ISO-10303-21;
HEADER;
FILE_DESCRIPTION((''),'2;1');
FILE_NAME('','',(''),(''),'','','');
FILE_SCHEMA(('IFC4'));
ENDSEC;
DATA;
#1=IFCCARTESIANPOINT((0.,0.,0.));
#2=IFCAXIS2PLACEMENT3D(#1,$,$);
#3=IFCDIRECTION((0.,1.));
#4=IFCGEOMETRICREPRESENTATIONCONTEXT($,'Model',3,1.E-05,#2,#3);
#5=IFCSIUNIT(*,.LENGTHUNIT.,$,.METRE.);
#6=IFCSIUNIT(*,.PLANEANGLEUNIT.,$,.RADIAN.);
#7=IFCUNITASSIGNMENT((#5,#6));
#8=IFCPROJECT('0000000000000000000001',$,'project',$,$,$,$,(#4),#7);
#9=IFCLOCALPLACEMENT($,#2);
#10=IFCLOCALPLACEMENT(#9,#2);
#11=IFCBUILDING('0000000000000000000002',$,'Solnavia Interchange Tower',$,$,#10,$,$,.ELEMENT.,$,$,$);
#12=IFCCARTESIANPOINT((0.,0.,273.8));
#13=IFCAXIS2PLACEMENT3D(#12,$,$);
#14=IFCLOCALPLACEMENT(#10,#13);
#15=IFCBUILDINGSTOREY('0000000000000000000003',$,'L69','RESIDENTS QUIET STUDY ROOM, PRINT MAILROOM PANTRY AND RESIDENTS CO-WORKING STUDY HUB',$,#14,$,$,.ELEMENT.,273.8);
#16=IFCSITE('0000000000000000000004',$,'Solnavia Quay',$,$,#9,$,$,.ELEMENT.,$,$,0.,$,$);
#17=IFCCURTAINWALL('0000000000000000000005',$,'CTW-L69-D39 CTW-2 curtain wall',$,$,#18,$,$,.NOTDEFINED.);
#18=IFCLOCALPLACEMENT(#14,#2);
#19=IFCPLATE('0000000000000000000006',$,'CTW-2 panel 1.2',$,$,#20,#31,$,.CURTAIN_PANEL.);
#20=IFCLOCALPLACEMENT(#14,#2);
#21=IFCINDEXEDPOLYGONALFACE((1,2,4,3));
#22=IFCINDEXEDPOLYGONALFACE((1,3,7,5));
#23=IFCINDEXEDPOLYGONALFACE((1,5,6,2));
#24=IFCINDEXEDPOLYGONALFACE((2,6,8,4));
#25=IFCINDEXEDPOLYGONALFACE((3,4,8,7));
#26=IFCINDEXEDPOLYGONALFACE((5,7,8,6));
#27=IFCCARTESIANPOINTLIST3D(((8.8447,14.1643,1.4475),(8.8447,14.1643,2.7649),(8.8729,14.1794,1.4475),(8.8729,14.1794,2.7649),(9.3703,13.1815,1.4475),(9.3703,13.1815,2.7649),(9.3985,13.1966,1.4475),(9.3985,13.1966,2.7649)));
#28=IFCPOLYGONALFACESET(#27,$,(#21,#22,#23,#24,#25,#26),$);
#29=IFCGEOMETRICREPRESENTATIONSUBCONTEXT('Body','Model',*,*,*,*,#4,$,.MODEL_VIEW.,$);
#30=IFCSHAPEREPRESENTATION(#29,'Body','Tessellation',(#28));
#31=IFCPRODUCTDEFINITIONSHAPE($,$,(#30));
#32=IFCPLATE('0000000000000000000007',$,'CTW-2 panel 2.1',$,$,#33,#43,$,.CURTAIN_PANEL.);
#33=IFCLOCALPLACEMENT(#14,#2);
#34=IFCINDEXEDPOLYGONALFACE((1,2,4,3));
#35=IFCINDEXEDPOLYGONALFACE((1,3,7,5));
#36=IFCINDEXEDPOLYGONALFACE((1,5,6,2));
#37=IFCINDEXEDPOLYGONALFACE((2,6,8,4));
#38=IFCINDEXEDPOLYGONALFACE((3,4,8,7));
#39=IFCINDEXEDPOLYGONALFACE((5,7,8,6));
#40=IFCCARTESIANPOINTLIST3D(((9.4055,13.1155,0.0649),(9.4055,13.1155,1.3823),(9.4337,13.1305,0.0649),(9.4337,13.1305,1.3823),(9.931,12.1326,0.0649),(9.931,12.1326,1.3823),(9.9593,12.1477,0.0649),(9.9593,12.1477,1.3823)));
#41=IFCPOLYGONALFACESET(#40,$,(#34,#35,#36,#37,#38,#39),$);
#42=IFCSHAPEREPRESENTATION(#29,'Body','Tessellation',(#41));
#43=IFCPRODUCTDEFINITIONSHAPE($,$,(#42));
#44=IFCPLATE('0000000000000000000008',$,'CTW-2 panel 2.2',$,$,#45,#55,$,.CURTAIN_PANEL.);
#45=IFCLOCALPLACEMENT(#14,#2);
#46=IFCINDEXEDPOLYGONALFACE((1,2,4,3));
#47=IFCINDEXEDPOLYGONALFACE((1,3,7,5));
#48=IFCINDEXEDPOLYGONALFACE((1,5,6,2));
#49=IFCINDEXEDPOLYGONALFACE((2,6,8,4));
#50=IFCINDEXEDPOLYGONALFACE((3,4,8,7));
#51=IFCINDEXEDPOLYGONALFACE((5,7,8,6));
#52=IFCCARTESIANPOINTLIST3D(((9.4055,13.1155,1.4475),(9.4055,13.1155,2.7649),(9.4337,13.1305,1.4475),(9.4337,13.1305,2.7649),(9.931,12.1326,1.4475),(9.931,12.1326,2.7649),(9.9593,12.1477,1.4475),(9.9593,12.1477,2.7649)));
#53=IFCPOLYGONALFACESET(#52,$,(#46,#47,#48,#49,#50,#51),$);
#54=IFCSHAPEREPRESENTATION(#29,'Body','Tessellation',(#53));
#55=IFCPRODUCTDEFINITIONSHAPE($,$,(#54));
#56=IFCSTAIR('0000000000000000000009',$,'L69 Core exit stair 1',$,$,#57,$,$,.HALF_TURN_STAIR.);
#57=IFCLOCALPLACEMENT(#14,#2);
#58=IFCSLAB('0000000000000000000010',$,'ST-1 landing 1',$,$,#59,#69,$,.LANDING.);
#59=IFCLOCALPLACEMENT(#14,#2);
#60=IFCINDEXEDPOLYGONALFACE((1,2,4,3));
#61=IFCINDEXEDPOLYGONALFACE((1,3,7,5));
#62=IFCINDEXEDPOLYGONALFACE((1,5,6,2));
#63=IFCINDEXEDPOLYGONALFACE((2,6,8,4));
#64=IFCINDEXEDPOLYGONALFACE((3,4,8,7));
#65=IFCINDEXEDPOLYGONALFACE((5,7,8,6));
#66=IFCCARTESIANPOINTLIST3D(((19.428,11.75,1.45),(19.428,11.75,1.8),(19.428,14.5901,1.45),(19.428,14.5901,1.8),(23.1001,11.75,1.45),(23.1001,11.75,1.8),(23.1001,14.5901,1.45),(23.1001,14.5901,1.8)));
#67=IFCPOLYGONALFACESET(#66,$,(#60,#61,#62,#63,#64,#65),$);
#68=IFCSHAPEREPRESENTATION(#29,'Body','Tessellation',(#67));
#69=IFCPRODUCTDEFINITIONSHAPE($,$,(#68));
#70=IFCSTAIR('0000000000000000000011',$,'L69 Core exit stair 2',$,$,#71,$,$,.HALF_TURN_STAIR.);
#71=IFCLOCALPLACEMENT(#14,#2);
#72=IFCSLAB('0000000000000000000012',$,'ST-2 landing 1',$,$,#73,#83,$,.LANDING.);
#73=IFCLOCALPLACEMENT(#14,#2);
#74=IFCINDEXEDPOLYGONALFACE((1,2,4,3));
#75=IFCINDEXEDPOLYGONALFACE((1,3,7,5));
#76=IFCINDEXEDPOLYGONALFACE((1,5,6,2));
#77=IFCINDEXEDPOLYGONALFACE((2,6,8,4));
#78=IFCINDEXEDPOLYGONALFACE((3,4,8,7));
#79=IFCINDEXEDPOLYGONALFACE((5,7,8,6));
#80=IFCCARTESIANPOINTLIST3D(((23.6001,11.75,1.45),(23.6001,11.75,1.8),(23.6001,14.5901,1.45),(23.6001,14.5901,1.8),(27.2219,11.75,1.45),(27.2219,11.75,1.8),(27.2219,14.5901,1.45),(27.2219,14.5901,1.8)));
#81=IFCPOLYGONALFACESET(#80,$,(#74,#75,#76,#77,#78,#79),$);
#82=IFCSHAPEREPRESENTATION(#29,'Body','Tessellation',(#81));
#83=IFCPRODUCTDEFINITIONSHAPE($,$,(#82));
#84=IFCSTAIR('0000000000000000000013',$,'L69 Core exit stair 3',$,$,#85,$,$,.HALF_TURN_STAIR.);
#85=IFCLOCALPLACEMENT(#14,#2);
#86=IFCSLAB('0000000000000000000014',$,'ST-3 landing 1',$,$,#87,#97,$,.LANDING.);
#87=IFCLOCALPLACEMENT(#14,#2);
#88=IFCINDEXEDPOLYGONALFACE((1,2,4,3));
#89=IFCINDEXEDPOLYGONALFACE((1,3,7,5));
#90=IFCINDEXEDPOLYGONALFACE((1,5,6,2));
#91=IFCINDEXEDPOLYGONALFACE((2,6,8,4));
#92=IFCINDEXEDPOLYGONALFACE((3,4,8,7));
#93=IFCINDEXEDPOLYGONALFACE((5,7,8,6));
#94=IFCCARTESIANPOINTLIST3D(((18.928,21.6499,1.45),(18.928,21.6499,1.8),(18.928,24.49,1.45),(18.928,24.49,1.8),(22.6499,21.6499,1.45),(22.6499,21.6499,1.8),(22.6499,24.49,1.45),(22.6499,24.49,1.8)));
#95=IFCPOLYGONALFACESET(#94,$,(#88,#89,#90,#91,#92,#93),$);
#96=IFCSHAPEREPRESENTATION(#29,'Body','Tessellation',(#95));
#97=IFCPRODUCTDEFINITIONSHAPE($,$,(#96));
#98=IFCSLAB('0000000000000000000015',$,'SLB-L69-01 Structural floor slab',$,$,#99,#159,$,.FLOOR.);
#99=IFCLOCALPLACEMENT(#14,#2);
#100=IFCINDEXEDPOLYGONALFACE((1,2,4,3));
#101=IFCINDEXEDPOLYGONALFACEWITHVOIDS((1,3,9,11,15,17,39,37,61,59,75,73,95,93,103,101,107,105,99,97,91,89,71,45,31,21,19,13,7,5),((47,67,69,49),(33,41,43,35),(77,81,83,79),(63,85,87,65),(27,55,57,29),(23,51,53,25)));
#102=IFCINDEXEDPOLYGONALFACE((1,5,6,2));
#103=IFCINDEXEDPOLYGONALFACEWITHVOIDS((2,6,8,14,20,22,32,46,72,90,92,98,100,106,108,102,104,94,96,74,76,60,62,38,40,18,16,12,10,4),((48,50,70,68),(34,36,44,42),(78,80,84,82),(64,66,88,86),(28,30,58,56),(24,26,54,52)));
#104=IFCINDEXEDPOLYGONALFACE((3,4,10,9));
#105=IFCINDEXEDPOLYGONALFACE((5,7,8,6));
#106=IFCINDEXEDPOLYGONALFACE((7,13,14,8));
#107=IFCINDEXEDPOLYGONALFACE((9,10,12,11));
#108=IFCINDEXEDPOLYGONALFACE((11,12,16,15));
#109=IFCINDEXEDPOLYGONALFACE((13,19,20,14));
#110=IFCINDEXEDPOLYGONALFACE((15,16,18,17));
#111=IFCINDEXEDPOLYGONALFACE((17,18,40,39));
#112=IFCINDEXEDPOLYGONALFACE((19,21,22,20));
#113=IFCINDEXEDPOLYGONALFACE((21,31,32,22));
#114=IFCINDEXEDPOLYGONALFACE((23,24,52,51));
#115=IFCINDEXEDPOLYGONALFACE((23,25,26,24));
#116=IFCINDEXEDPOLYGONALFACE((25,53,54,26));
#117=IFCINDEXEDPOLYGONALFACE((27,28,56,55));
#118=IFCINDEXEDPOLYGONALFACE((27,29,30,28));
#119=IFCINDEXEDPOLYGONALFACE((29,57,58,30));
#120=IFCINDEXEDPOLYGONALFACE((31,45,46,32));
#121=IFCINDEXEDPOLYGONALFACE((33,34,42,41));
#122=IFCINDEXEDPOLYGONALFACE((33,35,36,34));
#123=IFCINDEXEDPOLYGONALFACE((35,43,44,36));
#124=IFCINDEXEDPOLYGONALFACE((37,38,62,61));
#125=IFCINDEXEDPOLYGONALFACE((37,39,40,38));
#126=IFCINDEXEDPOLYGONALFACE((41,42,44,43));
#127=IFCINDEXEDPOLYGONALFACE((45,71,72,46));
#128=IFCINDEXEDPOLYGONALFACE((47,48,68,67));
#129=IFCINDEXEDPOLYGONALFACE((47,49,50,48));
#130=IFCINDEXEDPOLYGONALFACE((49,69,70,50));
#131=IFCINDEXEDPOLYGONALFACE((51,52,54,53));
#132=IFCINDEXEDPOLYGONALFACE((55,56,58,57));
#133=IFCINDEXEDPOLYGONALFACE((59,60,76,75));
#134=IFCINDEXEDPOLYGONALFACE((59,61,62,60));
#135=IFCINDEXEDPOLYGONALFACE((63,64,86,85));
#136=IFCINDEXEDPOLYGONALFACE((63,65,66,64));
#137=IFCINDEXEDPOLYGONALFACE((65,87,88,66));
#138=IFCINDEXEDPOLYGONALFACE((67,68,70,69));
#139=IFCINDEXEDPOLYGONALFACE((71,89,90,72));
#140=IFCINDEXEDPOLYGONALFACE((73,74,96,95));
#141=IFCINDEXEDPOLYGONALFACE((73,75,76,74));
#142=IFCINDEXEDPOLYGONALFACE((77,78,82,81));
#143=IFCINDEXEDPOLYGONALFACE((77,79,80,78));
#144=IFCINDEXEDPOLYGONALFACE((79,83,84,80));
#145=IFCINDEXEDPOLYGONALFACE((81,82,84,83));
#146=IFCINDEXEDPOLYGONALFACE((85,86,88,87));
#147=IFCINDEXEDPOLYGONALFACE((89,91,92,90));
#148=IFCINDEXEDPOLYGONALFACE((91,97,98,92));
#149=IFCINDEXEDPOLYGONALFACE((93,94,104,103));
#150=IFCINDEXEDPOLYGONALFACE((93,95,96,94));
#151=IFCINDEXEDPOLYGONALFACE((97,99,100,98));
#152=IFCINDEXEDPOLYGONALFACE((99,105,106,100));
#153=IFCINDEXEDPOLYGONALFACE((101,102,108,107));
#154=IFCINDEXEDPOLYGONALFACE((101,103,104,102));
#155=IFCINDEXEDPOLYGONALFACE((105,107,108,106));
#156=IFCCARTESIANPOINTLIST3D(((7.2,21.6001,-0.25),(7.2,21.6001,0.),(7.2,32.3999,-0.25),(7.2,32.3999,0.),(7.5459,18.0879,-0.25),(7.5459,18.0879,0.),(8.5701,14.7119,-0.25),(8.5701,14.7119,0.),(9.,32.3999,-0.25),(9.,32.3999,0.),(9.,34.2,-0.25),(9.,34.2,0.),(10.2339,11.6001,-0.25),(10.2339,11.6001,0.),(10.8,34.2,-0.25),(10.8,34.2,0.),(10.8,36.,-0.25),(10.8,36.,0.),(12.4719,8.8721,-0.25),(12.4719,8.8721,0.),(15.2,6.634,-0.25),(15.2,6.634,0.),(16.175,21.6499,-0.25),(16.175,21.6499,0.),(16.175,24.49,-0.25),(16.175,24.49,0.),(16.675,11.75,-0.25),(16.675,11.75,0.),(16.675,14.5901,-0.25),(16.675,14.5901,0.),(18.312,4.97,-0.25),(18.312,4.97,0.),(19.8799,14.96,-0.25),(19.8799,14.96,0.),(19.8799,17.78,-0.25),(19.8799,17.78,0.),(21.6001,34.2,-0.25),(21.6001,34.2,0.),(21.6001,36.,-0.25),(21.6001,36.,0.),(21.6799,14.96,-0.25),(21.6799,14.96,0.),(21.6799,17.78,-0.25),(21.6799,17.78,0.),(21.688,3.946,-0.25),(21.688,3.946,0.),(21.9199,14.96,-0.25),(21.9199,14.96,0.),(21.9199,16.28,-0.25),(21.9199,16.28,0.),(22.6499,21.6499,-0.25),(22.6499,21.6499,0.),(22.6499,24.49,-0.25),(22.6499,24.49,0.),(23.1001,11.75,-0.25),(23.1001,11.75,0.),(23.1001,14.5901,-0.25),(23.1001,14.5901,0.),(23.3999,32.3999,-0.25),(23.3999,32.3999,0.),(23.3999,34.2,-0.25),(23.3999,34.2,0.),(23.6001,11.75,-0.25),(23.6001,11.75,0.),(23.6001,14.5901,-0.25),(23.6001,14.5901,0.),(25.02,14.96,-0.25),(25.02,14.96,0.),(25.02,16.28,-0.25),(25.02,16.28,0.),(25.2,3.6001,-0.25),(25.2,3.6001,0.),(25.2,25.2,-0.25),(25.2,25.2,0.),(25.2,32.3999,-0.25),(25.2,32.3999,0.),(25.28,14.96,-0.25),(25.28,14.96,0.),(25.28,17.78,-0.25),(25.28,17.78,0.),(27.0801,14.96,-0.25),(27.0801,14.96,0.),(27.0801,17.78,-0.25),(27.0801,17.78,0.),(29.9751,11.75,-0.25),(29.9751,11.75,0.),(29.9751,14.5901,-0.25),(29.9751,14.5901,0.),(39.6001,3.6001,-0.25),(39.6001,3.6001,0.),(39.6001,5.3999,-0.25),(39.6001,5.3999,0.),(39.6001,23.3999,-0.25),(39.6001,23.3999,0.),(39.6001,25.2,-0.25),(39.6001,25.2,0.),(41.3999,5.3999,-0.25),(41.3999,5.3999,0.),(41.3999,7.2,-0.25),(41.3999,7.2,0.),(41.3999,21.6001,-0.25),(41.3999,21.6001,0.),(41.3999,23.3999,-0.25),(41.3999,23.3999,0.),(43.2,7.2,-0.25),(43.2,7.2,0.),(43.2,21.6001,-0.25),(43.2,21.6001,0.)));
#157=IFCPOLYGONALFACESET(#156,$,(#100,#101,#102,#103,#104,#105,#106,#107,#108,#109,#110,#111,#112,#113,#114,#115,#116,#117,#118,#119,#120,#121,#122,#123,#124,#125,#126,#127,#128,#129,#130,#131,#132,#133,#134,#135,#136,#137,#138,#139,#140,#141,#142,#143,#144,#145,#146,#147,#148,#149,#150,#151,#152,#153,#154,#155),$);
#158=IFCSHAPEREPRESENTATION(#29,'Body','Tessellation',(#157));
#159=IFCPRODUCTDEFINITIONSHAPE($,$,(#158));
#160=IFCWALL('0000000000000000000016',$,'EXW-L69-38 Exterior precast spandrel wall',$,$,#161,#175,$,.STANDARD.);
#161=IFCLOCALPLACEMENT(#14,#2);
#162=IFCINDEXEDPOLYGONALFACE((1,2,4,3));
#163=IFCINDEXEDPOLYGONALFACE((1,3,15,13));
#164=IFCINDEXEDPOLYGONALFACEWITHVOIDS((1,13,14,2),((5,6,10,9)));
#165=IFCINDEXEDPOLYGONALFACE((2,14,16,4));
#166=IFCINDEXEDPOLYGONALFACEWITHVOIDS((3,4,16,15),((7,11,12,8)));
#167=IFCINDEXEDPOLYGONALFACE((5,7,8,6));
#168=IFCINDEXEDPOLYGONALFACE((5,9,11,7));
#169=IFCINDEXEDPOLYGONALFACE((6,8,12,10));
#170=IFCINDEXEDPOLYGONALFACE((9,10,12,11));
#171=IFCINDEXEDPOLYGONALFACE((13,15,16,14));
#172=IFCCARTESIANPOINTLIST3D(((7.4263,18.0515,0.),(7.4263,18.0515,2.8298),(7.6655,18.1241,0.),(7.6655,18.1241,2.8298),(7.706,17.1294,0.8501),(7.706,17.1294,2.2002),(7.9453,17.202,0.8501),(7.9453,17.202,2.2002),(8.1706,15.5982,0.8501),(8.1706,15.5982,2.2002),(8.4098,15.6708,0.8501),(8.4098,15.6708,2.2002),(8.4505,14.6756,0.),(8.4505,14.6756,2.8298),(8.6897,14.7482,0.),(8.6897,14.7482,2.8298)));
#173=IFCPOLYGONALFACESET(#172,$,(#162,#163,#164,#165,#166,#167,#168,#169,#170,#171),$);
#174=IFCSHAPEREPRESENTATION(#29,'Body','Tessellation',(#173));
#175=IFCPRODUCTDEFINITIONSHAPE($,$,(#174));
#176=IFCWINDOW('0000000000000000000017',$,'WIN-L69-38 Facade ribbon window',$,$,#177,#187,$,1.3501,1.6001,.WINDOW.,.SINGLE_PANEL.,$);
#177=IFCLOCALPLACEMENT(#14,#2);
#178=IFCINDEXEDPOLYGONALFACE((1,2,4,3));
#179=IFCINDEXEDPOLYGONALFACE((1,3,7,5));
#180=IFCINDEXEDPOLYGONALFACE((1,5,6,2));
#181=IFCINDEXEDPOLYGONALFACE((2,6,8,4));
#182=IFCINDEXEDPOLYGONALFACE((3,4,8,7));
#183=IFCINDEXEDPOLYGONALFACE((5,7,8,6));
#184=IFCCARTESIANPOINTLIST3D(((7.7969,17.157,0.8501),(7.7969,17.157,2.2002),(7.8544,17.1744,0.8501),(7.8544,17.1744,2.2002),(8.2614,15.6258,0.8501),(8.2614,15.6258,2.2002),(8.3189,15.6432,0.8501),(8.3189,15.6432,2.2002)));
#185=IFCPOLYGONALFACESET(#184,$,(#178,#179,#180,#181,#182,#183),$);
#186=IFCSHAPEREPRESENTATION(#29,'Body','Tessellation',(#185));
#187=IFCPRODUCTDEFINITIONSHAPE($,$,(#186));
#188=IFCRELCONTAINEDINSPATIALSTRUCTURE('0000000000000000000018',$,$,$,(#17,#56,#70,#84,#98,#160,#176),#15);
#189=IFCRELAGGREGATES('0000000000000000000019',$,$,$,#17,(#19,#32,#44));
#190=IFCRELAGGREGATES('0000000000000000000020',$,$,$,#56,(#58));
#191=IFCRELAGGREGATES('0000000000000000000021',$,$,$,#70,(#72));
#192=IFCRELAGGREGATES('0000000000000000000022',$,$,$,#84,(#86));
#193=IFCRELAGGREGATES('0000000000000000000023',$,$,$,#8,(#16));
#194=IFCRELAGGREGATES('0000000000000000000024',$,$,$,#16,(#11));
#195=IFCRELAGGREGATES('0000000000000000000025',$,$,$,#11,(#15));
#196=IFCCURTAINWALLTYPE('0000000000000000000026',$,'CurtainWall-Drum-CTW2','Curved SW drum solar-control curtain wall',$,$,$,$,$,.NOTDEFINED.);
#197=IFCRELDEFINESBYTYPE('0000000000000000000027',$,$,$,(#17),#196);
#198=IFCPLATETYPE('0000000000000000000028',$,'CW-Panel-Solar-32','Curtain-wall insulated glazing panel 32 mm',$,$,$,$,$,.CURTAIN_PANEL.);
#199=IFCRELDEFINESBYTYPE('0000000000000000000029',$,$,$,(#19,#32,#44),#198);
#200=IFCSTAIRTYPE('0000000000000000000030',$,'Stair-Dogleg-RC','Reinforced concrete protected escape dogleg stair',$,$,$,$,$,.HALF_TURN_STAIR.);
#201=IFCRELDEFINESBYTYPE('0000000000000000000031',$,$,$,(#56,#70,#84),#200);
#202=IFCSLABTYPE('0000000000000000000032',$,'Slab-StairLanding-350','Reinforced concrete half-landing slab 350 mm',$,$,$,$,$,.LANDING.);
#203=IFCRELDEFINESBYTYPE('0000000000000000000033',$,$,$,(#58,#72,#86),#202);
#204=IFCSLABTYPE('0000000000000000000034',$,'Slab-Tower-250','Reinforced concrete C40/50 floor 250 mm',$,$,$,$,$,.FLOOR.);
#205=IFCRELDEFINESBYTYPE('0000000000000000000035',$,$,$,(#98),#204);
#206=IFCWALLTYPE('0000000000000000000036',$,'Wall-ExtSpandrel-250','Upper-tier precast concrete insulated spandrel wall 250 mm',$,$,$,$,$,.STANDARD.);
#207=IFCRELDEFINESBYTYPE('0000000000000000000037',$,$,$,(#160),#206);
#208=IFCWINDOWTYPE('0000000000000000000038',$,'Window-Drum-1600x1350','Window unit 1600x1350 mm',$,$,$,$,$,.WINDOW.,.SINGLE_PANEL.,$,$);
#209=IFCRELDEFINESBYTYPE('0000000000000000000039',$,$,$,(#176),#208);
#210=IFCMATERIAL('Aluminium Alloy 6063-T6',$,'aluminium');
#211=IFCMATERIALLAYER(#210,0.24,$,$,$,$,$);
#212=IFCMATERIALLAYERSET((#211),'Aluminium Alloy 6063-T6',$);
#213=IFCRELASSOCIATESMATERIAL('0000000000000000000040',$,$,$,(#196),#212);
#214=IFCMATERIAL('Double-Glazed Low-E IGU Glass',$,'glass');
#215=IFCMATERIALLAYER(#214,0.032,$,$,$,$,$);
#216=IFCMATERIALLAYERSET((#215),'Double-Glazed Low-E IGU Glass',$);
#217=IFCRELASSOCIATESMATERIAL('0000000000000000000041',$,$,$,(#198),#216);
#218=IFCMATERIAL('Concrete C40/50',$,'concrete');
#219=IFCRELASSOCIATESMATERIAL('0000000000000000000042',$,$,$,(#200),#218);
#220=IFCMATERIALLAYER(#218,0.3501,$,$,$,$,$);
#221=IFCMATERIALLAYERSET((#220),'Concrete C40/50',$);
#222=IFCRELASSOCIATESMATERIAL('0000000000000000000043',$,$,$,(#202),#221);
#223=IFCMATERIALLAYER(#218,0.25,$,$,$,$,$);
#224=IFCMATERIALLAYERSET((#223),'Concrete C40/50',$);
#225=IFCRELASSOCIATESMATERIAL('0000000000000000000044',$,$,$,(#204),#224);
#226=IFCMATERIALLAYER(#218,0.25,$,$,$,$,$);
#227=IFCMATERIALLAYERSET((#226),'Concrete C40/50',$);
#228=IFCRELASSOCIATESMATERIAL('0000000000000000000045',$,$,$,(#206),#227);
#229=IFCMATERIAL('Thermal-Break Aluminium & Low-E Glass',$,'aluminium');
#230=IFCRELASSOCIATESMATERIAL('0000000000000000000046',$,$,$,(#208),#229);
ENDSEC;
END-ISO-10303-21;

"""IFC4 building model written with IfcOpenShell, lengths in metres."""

from ifc_helpers import new_model, si_unit, direction, frame, frame_2d, origin, origin_2d, place, context, subcontext, project, spatial, polyline, rectangle, outline, extrude, material, layer, layer_set, type_object, element, fill, aggregate, save


model = new_model("IFC4")

# Units and contexts
model_context = context("Model", 3, precision=1e-05, world=origin(), true_north=direction((0.0, 1.0)))
body_context = subcontext(model_context, "Body", "Model", "MODEL_VIEW")
ifc_project = project(units=[si_unit("LENGTHUNIT", "METRE"), si_unit("PLANEANGLEUNIT", "RADIAN")], contexts=[model_context])

# Site, building, storey
site_placement = place(None, origin())
site = spatial("IfcSite", under=ifc_project, at=site_placement, Name="Solnavia Quay", CompositionType="ELEMENT", RefElevation=0.0)
building_placement = place(site_placement, origin())
building = spatial("IfcBuilding", under=site, at=building_placement, Name="Solnavia Interchange Tower", CompositionType="ELEMENT")
storey_placement = place(building_placement, frame((0.0, 0.0, 273.8)))
storey = spatial("IfcBuildingStorey", under=building, at=storey_placement, Name="L69", Description="RESIDENTS QUIET STUDY ROOM, PRINT MAILROOM PANTRY AND RESIDENTS CO-WORKING STUDY HUB", CompositionType="ELEMENT", Elevation=273.8)

# Curtain wall
ifc_material_1 = material(Name="Aluminium Alloy 6063-T6", Category="aluminium")
ifc_layer_1 = layer(ifc_material_1, 0.24)
ifc_layer_set_1 = layer_set([ifc_layer_1], Name="Aluminium Alloy 6063-T6")
curtain_wall_type = type_object("IfcCurtainWallType", Name="CurtainWall-Drum-CTW2", Description="Curved SW drum solar-control curtain wall", PredefinedType="NOTDEFINED", material=ifc_layer_set_1)
curtain_wall_1_placement = place(storey_placement, origin())
curtain_wall_1 = element("IfcCurtainWall", 1, at=curtain_wall_1_placement, inside=storey, type_object=curtain_wall_type, Name="CTW-L69-D39 CTW-2 curtain wall", PredefinedType="NOTDEFINED")

# Plates
ifc_material_2 = material(Name="Double-Glazed Low-E IGU Glass", Category="glass")
ifc_layer_2 = layer(ifc_material_2, 0.032)
ifc_layer_set_2 = layer_set([ifc_layer_2], Name="Double-Glazed Low-E IGU Glass")
plate_type = type_object("IfcPlateType", Name="CW-Panel-Solar-32", Description="Curtain-wall insulated glazing panel 32 mm", PredefinedType="CURTAIN_PANEL", material=ifc_layer_set_2)
plate_1_placement = place(storey_placement, frame((9.1216, 13.6804, 1.4475), z_axis=(0.0, 0.0, 1.0), x_axis=(0.471561, -0.881834, 0.0)))
plate_1 = element("IfcPlate", 2, at=plate_1_placement, type_object=plate_type, Name="CTW-2 panel 1.2", PredefinedType="CURTAIN_PANEL", context=body_context, shape_type="SweptSolid", body=[
    extrude(rectangle(XDim=1.1145, YDim=0.032, at=origin_2d()), origin(), (0.0, 0.0, 1.0), 1.3174),
])
plate_2_placement = place(storey_placement, frame((9.6824, 12.6316, 0.0649), z_axis=(0.0, 0.0, 1.0), x_axis=(0.471561, -0.881834, 0.0)))
plate_2 = element("IfcPlate", 3, at=plate_2_placement, type_object=plate_type, Name="CTW-2 panel 2.1", PredefinedType="CURTAIN_PANEL", context=body_context, shape_type="SweptSolid", body=[
    extrude(rectangle(XDim=1.1145, YDim=0.032, at=origin_2d()), origin(), (0.0, 0.0, 1.0), 1.3174),
])
plate_3_placement = place(storey_placement, frame((9.6824, 12.6316, 1.4475), z_axis=(0.0, 0.0, 1.0), x_axis=(0.471561, -0.881834, 0.0)))
plate_3 = element("IfcPlate", 4, at=plate_3_placement, type_object=plate_type, Name="CTW-2 panel 2.2", PredefinedType="CURTAIN_PANEL", context=body_context, shape_type="SweptSolid", body=[
    extrude(rectangle(XDim=1.1145, YDim=0.032, at=origin_2d()), origin(), (0.0, 0.0, 1.0), 1.3174),
])
aggregate(curtain_wall_1, [plate_1, plate_2, plate_3])

# Stairs, slabs
ifc_material_3 = material(Name="Concrete C40/50", Category="concrete")
stair_type = type_object("IfcStairType", Name="Stair-Dogleg-RC", Description="Reinforced concrete protected escape dogleg stair", PredefinedType="HALF_TURN_STAIR", material=ifc_material_3)
stair_1_placement = place(storey_placement, origin())
stair_1 = element("IfcStair", 5, at=stair_1_placement, inside=storey, type_object=stair_type, Name="L69 Core exit stair 1", PredefinedType="HALF_TURN_STAIR")
ifc_layer_3 = layer(ifc_material_3, 0.3501)
ifc_layer_set_3 = layer_set([ifc_layer_3], Name="Concrete C40/50")
slab_type_1 = type_object("IfcSlabType", Name="Slab-StairLanding-350", Description="Reinforced concrete half-landing slab 350 mm", PredefinedType="LANDING", material=ifc_layer_set_3)
slab_1_placement = place(storey_placement, frame((0.0, 0.0, 1.45)))
slab_1 = element("IfcSlab", 6, at=slab_1_placement, type_object=slab_type_1, Name="ST-1 landing 1", PredefinedType="LANDING", context=body_context, shape_type="SweptSolid", body=[
    extrude(outline(polyline([(19.428, 11.75), (23.1001, 11.75), (23.1001, 14.5901), (19.428, 14.5901), (19.428, 11.75)])), origin(), (0.0, 0.0, 1.0), 0.3501),
])
aggregate(stair_1, [slab_1])
stair_2_placement = place(storey_placement, origin())
stair_2 = element("IfcStair", 7, at=stair_2_placement, inside=storey, type_object=stair_type, Name="L69 Core exit stair 2", PredefinedType="HALF_TURN_STAIR")
slab_2_placement = place(storey_placement, frame((0.0, 0.0, 1.45)))
slab_2 = element("IfcSlab", 8, at=slab_2_placement, type_object=slab_type_1, Name="ST-2 landing 1", PredefinedType="LANDING", context=body_context, shape_type="SweptSolid", body=[
    extrude(outline(polyline([(23.6001, 11.75), (27.2219, 11.75), (27.2219, 14.5901), (23.6001, 14.5901), (23.6001, 11.75)])), origin(), (0.0, 0.0, 1.0), 0.3501),
])
aggregate(stair_2, [slab_2])
stair_3_placement = place(storey_placement, origin())
stair_3 = element("IfcStair", 9, at=stair_3_placement, inside=storey, type_object=stair_type, Name="L69 Core exit stair 3", PredefinedType="HALF_TURN_STAIR")
slab_3_placement = place(storey_placement, frame((0.0, 0.0, 1.45)))
slab_3 = element("IfcSlab", 10, at=slab_3_placement, type_object=slab_type_1, Name="ST-3 landing 1", PredefinedType="LANDING", context=body_context, shape_type="SweptSolid", body=[
    extrude(outline(polyline([(18.928, 21.6499), (22.6499, 21.6499), (22.6499, 24.49), (18.928, 24.49), (18.928, 21.6499)])), origin(), (0.0, 0.0, 1.0), 0.3501),
])
aggregate(stair_3, [slab_3])

# Slab
ifc_layer_4 = layer(ifc_material_3, 0.25)
ifc_layer_set_4 = layer_set([ifc_layer_4], Name="Concrete C40/50")
slab_type_2 = type_object("IfcSlabType", Name="Slab-Tower-250", Description="Reinforced concrete C40/50 floor 250 mm", PredefinedType="FLOOR", material=ifc_layer_set_4)
slab_4_placement = place(storey_placement, frame((0.0, 0.0, -0.25)))
element("IfcSlab", 11, at=slab_4_placement, inside=storey, type_object=slab_type_2, Name="SLB-L69-01 Structural floor slab", PredefinedType="FLOOR", context=body_context, shape_type="SweptSolid", body=[
    extrude(outline(polyline([(25.2, 3.6001), (39.6001, 3.6001), (39.6001, 5.3999), (41.3999, 5.3999), (41.3999, 7.2), (43.2, 7.2), (43.2, 21.6001), (41.3999, 21.6001), (41.3999, 23.3999), (39.6001, 23.3999), (39.6001, 25.2), (25.2, 25.2), (25.2, 32.3999), (23.3999, 32.3999), (23.3999, 34.2), (21.6001, 34.2), (21.6001, 36.0), (10.8, 36.0), (10.8, 34.2), (9.0, 34.2), (9.0, 32.3999), (7.2, 32.3999), (7.2, 21.6001), (7.5459, 18.0879), (8.5701, 14.7119), (10.2339, 11.6001), (12.4719, 8.8721), (15.2, 6.634), (18.312, 4.97), (21.688, 3.946), (25.2, 3.6001)]), holes=[polyline([(16.675, 11.75), (23.1001, 11.75), (23.1001, 14.5901), (16.675, 14.5901), (16.675, 11.75)]), polyline([(23.6001, 11.75), (29.9751, 11.75), (29.9751, 14.5901), (23.6001, 14.5901), (23.6001, 11.75)]), polyline([(16.175, 21.6499), (22.6499, 21.6499), (22.6499, 24.49), (16.175, 24.49), (16.175, 21.6499)]), polyline([(19.8799, 14.96), (21.6799, 14.96), (21.6799, 17.78), (19.8799, 17.78), (19.8799, 14.96)]), polyline([(25.28, 14.96), (27.0801, 14.96), (27.0801, 17.78), (25.28, 17.78), (25.28, 14.96)]), polyline([(21.9199, 14.96), (25.02, 14.96), (25.02, 16.28), (21.9199, 16.28), (21.9199, 14.96)])]), origin(), (0.0, 0.0, 1.0), 0.25),
])

# Wall, opening, window
ifc_layer_5 = layer(ifc_material_3, 0.25)
ifc_layer_set_5 = layer_set([ifc_layer_5], Name="Concrete C40/50")
wall_type = type_object("IfcWallType", Name="Wall-ExtSpandrel-250", Description="Upper-tier precast concrete insulated spandrel wall 250 mm", PredefinedType="STANDARD", material=ifc_layer_set_5)
wall_1_placement = place(storey_placement, frame((8.5701, 14.7119, 0.0), z_axis=(0.0, 0.0, 1.0), x_axis=(-0.290305, 0.956934, 0.0)))
wall_1 = element("IfcWall", 12, at=wall_1_placement, inside=storey, type_object=wall_type, Name="EXW-L69-38 Exterior precast spandrel wall", PredefinedType="STANDARD", context=body_context, shape_type="SweptSolid", body=[
    extrude(rectangle(XDim=3.5278, YDim=0.25, at=frame_2d((1.7639, 0.0))), origin(), (0.0, 0.0, 1.0), 2.8298),
])
opening_1_placement = place(wall_1_placement, frame((0.9641, 0.0, 0.8501)))
opening_1 = element("IfcOpeningElement", 13, at=opening_1_placement, cuts=wall_1, PredefinedType="OPENING", context=body_context, shape_type="SweptSolid", body=[
    extrude(rectangle(XDim=1.6001, YDim=1.3501, at=frame_2d((0.8, 0.675))), frame((0.0, 0.135, 0.0), z_axis=(0.0, -1.0, 0.0), x_axis=(1.0, 0.0, 0.0)), (0.0, 0.0, 1.0), 0.27),
])
ifc_material_4 = material(Name="Thermal-Break Aluminium & Low-E Glass", Category="aluminium")
window_type = type_object("IfcWindowType", Name="Window-Drum-1600x1350", Description="Window unit 1600x1350 mm", PartitioningType="SINGLE_PANEL", PredefinedType="WINDOW", material=ifc_material_4)
window_1_placement = place(opening_1_placement, origin())
window_1 = element("IfcWindow", 14, at=window_1_placement, inside=storey, type_object=window_type, Name="WIN-L69-38 Facade ribbon window", OverallHeight=1.3501, OverallWidth=1.6001, PartitioningType="SINGLE_PANEL", PredefinedType="WINDOW", context=body_context, shape_type="SweptSolid", body=[
    extrude(rectangle(XDim=1.6001, YDim=1.3501, at=frame_2d((0.8, 0.675))), frame((0.0, 0.03, 0.0), z_axis=(0.0, -1.0, 0.0), x_axis=(1.0, 0.0, 0.0)), (0.0, 0.0, 1.0), 0.0601),
])
fill(opening_1, window_1)

save(model, "model.ifc")
